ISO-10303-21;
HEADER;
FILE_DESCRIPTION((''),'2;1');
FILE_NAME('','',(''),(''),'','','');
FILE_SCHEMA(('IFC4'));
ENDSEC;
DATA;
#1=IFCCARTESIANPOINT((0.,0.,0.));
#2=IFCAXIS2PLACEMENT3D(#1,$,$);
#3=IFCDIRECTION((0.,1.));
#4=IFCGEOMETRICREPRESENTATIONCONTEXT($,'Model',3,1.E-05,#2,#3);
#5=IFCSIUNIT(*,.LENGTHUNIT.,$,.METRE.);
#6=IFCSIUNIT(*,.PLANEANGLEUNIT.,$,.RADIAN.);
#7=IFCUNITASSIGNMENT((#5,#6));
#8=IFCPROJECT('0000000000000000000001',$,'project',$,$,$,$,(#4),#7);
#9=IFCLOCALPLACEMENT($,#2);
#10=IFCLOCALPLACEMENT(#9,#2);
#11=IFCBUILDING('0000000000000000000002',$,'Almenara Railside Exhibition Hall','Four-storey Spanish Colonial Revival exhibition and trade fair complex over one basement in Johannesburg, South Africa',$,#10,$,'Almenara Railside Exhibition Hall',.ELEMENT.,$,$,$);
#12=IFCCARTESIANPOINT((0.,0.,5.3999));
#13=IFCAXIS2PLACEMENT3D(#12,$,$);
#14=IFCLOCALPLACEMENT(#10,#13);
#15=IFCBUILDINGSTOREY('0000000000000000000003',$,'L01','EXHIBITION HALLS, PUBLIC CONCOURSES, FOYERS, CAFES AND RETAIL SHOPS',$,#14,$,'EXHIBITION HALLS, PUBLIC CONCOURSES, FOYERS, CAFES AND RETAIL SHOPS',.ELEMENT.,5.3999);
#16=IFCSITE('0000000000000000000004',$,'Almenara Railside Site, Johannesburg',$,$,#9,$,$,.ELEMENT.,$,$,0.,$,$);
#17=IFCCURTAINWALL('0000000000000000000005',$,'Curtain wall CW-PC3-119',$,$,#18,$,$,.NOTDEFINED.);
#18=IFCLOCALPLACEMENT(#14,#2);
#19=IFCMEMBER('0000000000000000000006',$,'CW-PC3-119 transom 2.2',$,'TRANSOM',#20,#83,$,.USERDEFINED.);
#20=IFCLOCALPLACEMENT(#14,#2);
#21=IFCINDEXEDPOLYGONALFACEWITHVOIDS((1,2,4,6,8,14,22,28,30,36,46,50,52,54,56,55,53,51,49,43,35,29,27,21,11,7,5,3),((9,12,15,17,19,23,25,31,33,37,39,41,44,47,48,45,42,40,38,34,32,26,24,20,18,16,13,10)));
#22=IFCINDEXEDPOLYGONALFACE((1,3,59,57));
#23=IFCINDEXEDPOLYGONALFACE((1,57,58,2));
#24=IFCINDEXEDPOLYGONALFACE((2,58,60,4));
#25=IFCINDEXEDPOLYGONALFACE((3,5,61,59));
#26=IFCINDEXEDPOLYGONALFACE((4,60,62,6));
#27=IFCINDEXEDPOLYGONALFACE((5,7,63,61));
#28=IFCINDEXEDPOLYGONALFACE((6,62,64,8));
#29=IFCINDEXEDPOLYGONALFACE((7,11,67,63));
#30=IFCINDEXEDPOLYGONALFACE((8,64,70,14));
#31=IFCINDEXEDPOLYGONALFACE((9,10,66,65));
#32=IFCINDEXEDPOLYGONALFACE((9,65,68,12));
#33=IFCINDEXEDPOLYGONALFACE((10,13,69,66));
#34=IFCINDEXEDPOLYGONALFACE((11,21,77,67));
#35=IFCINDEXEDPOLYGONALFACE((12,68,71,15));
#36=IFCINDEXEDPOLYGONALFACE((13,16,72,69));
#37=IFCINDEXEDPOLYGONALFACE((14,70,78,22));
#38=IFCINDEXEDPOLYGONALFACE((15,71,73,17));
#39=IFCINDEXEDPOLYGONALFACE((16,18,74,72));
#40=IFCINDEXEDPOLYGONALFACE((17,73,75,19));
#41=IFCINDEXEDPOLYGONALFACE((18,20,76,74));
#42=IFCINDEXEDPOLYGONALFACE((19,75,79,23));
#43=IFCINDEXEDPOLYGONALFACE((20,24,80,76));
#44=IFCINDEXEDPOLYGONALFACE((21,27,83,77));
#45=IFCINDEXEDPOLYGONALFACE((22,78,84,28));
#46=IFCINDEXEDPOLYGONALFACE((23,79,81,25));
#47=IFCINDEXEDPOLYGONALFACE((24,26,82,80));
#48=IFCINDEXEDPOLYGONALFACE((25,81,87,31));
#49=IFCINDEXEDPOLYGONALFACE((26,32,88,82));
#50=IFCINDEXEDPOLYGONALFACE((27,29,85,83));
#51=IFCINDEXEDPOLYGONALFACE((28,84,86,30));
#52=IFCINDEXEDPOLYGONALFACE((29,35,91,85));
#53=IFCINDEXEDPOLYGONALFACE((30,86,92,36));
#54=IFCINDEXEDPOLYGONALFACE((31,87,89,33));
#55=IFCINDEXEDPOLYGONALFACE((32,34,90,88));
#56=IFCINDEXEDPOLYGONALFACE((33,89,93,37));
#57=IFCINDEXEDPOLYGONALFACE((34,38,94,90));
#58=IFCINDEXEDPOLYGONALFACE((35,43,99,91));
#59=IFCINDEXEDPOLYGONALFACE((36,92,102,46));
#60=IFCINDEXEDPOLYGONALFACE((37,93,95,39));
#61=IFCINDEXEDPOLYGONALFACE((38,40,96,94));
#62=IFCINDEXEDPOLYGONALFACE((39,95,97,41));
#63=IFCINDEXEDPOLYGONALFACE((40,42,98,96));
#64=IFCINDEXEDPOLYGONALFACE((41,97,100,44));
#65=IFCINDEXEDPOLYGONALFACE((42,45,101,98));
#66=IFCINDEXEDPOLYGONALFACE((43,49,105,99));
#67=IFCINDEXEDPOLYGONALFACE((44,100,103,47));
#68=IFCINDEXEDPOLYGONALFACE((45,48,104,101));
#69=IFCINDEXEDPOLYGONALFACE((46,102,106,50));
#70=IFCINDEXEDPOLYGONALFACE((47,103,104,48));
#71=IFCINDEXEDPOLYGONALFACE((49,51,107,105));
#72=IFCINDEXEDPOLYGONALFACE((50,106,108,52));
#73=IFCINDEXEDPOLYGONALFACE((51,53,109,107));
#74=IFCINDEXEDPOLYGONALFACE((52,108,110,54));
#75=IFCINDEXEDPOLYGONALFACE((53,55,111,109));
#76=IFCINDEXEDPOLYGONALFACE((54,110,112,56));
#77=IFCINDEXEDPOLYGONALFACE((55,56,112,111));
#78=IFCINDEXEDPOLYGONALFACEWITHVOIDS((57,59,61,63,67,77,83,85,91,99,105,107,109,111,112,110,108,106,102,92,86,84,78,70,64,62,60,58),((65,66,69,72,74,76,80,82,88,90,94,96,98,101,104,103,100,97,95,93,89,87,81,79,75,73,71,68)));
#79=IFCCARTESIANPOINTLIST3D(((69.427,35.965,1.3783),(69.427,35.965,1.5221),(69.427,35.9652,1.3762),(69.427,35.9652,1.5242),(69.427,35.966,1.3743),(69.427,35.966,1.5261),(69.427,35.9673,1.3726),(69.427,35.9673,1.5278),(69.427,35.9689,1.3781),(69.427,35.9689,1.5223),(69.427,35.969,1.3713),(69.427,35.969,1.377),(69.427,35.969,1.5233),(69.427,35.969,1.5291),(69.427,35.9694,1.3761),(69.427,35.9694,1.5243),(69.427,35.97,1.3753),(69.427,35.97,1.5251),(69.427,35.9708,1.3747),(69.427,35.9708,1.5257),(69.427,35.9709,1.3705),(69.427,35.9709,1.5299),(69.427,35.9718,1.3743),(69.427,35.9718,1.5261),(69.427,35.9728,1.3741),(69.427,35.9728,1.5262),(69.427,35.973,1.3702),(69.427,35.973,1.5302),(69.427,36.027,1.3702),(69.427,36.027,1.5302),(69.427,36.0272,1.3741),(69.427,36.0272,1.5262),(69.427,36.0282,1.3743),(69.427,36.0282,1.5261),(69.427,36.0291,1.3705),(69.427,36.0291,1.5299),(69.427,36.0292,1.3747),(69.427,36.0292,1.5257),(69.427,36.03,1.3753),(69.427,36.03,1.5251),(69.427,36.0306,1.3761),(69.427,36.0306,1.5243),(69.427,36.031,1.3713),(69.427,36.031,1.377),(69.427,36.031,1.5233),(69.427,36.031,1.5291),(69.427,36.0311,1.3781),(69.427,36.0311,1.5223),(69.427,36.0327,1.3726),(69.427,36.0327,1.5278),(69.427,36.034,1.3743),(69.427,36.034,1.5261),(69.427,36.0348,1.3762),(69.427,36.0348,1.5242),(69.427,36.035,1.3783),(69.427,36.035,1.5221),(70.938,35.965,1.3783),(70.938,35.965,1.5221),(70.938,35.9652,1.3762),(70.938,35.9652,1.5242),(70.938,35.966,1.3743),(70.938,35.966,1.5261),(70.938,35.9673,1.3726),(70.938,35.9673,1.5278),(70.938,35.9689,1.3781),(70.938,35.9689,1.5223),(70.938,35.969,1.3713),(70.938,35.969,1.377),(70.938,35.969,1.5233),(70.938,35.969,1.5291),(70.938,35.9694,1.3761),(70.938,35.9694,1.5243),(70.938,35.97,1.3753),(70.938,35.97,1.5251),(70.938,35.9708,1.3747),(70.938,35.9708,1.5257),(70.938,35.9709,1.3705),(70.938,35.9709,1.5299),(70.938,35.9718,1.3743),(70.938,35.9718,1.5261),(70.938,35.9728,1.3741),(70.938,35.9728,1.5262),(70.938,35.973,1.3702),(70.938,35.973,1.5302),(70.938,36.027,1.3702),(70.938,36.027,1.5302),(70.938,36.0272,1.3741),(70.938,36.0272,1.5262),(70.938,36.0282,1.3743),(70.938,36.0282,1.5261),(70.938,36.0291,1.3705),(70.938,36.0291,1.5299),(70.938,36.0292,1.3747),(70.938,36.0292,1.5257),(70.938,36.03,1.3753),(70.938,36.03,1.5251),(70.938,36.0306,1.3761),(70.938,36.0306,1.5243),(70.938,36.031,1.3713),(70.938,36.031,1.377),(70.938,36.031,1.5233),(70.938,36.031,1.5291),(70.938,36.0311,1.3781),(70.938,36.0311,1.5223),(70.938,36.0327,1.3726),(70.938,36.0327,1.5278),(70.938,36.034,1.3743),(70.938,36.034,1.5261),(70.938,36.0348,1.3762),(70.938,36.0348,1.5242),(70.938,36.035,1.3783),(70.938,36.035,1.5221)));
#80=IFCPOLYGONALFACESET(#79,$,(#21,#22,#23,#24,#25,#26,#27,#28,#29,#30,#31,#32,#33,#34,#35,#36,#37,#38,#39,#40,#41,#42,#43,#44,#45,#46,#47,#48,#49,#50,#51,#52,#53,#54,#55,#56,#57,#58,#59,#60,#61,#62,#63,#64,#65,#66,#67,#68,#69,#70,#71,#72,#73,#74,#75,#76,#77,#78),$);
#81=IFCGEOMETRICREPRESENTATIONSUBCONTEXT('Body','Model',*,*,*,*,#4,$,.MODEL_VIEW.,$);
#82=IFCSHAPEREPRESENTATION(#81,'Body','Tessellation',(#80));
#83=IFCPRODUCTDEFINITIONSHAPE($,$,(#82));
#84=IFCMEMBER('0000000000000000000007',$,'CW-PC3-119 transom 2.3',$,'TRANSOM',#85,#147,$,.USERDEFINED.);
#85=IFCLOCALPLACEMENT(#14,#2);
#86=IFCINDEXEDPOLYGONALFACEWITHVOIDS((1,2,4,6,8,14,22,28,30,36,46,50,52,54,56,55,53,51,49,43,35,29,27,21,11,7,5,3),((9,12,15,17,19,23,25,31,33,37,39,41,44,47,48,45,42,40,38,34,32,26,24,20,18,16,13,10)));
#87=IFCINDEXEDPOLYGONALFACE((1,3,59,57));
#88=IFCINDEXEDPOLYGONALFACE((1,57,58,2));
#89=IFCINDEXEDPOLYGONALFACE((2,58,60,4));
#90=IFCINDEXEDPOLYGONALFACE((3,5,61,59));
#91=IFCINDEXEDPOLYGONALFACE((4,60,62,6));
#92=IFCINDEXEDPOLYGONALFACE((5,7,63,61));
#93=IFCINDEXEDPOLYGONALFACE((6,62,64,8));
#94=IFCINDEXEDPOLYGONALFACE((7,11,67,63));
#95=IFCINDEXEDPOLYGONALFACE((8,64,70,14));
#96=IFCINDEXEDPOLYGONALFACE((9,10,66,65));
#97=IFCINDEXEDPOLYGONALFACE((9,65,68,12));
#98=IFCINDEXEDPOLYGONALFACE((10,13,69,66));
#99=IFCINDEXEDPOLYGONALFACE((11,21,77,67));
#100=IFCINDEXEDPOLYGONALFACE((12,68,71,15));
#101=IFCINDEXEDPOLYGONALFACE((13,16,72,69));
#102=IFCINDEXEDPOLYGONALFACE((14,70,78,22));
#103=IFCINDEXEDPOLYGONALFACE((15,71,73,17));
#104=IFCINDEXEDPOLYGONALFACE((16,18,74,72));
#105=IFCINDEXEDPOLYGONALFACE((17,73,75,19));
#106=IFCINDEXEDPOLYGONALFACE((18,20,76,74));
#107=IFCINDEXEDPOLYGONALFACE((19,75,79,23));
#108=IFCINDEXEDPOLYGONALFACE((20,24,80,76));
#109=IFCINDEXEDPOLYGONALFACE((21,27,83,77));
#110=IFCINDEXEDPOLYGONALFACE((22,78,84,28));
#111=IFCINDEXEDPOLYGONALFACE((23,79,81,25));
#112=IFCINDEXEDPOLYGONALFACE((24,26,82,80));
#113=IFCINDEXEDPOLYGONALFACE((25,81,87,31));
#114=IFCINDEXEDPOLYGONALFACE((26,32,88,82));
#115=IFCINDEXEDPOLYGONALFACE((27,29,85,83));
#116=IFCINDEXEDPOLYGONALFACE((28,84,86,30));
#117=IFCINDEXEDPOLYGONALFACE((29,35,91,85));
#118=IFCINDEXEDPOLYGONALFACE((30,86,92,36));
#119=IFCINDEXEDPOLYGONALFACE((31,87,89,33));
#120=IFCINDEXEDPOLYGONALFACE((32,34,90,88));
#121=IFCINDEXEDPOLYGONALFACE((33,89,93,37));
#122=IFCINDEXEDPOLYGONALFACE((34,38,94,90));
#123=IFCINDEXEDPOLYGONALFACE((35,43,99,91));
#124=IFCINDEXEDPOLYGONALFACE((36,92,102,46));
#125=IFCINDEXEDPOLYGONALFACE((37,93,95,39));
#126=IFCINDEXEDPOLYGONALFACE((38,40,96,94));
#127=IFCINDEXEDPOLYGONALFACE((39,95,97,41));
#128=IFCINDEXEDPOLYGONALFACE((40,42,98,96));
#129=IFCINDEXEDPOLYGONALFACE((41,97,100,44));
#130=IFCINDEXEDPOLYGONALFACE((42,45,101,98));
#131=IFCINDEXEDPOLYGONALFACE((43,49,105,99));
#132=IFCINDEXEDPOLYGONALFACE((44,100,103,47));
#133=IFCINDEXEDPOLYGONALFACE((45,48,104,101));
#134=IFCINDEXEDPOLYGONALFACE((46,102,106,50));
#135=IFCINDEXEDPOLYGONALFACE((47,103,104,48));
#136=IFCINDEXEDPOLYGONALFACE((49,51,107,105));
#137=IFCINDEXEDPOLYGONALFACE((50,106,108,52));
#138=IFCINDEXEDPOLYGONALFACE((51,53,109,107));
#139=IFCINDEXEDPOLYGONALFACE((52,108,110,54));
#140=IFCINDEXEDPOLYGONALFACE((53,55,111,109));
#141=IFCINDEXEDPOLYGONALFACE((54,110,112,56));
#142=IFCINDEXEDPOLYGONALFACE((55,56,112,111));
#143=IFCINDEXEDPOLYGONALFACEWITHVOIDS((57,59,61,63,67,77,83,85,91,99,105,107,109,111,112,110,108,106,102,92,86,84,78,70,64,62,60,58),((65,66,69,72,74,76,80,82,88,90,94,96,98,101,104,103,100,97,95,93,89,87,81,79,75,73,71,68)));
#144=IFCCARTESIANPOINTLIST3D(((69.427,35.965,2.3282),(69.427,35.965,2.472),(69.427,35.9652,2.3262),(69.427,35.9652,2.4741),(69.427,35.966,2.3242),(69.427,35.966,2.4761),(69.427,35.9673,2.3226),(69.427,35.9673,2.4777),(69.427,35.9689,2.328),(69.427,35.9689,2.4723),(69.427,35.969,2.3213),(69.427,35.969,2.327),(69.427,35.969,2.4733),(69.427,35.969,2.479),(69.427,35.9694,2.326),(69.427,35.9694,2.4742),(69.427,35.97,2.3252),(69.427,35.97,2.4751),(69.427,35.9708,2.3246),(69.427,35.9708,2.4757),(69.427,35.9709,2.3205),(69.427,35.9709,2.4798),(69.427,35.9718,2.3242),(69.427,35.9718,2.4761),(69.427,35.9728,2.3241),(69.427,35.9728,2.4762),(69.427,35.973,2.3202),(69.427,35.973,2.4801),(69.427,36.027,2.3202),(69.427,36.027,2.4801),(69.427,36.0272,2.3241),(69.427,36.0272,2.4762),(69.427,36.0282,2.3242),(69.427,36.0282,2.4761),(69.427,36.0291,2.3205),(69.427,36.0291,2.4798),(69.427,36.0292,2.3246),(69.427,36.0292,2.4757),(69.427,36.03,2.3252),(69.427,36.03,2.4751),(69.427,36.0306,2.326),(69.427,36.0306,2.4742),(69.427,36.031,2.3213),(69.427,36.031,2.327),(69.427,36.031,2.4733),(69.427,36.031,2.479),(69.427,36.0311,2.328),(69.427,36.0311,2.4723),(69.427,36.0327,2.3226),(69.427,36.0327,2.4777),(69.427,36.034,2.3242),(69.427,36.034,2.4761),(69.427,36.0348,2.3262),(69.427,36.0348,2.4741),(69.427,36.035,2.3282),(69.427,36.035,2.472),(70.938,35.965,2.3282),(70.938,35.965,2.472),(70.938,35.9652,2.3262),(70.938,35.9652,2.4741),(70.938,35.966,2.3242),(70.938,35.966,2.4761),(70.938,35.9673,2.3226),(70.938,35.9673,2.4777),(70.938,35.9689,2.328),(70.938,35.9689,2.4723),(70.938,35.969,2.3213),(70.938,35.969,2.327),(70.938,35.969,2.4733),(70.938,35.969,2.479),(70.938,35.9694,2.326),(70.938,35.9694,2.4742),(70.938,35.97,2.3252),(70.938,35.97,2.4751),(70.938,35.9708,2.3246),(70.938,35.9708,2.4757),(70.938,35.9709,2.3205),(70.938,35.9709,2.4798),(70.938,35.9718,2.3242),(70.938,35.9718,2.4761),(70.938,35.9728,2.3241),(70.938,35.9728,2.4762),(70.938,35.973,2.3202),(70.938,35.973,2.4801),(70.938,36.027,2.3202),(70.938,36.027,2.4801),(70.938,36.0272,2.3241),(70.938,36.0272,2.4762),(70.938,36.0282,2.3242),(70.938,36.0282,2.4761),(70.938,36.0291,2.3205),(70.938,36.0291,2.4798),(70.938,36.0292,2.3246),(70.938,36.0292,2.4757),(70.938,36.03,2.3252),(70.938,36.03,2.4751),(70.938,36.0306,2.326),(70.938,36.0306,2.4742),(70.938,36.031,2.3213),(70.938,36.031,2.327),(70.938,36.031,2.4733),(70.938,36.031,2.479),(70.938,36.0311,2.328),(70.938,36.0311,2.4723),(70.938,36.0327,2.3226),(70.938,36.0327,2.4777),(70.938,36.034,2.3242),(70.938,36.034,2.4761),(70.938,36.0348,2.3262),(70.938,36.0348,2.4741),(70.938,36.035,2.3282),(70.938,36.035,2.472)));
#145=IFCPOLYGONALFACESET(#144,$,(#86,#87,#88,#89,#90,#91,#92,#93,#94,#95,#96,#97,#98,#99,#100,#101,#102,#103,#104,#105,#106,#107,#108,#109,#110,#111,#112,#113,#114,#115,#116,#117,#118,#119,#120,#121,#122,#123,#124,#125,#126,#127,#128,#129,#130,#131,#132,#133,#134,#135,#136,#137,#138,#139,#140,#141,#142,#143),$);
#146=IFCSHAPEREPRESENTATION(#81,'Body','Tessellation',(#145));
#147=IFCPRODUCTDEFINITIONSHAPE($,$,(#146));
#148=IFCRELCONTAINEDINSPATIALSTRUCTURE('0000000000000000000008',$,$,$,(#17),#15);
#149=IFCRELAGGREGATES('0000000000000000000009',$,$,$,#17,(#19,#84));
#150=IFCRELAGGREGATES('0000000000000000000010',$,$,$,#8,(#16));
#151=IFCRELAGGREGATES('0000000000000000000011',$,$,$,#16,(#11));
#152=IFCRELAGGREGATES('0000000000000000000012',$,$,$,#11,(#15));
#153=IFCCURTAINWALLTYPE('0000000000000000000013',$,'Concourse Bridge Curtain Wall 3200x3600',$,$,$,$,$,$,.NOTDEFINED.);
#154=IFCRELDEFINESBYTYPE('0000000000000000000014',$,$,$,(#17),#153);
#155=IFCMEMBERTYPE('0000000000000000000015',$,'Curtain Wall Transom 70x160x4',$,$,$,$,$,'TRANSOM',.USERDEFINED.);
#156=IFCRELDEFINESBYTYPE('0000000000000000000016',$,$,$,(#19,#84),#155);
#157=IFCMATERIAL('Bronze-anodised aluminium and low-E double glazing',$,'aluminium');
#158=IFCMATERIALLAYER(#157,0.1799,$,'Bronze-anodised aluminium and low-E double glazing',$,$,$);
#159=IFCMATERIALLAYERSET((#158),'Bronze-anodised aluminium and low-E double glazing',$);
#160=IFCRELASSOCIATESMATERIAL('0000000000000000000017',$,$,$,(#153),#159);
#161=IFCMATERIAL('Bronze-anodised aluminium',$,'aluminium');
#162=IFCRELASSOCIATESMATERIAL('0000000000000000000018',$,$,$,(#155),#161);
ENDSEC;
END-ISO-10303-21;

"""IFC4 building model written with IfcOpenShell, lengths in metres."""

from ifc_helpers import new_model, si_unit, direction, frame, origin, origin_2d, place, context, subcontext, project, spatial, hollow_rectangle, extrude, material, layer, layer_set, material_profile, profile_set, type_object, element, aggregate, save


model = new_model("IFC4")

# Units and contexts
model_context = context("Model", 3, precision=1e-05, world=origin(), true_north=direction((0.0, 1.0)))
body_context = subcontext(model_context, "Body", "Model", "MODEL_VIEW")
ifc_project = project(units=[si_unit("LENGTHUNIT", "METRE"), si_unit("PLANEANGLEUNIT", "RADIAN")], contexts=[model_context])

# Site, building, storey
site_placement = place(None, origin())
site = spatial("IfcSite", under=ifc_project, at=site_placement, Name="Almenara Railside Site, Johannesburg", CompositionType="ELEMENT", RefElevation=0.0)
building_placement = place(site_placement, origin())
building = spatial("IfcBuilding", under=site, at=building_placement, Name="Almenara Railside Exhibition Hall", Description="Four-storey Spanish Colonial Revival exhibition and trade fair complex over one basement in Johannesburg, South Africa", LongName="Almenara Railside Exhibition Hall", CompositionType="ELEMENT")
storey_placement = place(building_placement, frame((0.0, 0.0, 5.3999)))
storey = spatial("IfcBuildingStorey", under=building, at=storey_placement, Name="L01", Description="EXHIBITION HALLS, PUBLIC CONCOURSES, FOYERS, CAFES AND RETAIL SHOPS", LongName="EXHIBITION HALLS, PUBLIC CONCOURSES, FOYERS, CAFES AND RETAIL SHOPS", CompositionType="ELEMENT", Elevation=5.3999)

# Shared definitions
ifc_material_1 = material(Name="Bronze-anodised aluminium and low-E double glazing", Category="aluminium")
ifc_material_2 = material(Name="Bronze-anodised aluminium", Category="aluminium")

# Curtain wall
ifc_layer_1 = layer(ifc_material_1, 0.1799, Name="Bronze-anodised aluminium and low-E double glazing")
ifc_layer_set_1 = layer_set([ifc_layer_1], Name="Bronze-anodised aluminium and low-E double glazing")
curtain_wall_type_1 = type_object("IfcCurtainWallType", Name="Concourse Bridge Curtain Wall 3200x3600", PredefinedType="NOTDEFINED", material=ifc_layer_set_1)
curtain_wall_1_placement = place(storey_placement, origin())
curtain_wall_1 = element("IfcCurtainWall", 1, at=curtain_wall_1_placement, inside=storey, type_object=curtain_wall_type_1, Name="Curtain wall CW-PC3-119", PredefinedType="NOTDEFINED")

# Members
ifc_material_profile_1 = material_profile(ifc_material_2, hollow_rectangle(XDim=0.0701, YDim=0.1599, WallThickness=0.0039, InnerFilletRadius=0.0039, OuterFilletRadius=0.0081, at=origin_2d()), Name="ALU-TRN 70x160x4")
ifc_profile_set_1 = profile_set([ifc_material_profile_1], Name="Bronze-anodised aluminium")
member_type_1 = type_object("IfcMemberType", Name="Curtain Wall Transom 70x160x4", ElementType="TRANSOM", PredefinedType="USERDEFINED", material=ifc_profile_set_1)
member_1_placement = place(storey_placement, frame((69.427, 36.0, 1.4502), z_axis=(1.0, 0.0, 0.0), x_axis=(0.0, 1.0, 0.0)))
member_1 = element("IfcMember", 2, at=member_1_placement, type_object=member_type_1, Name="CW-PC3-119 transom 2.2", ObjectType="TRANSOM", PredefinedType="USERDEFINED", context=body_context, shape_type="SweptSolid", body=[
    extrude(hollow_rectangle(XDim=0.0701, YDim=0.1599, WallThickness=0.0039, InnerFilletRadius=0.0039, OuterFilletRadius=0.0081, at=origin_2d()), origin(), (0.0, 0.0, 1.0), 1.511),
])
member_2_placement = place(storey_placement, frame((69.427, 36.0, 2.4001), z_axis=(1.0, 0.0, 0.0), x_axis=(0.0, 1.0, 0.0)))
member_2 = element("IfcMember", 3, at=member_2_placement, type_object=member_type_1, Name="CW-PC3-119 transom 2.3", ObjectType="TRANSOM", PredefinedType="USERDEFINED", context=body_context, shape_type="SweptSolid", body=[
    extrude(hollow_rectangle(XDim=0.0701, YDim=0.1599, WallThickness=0.0039, InnerFilletRadius=0.0039, OuterFilletRadius=0.0081, at=origin_2d()), origin(), (0.0, 0.0, 1.0), 1.511),
])

aggregate(curtain_wall_1, [member_1, member_2])

save(model, "model.ifc")
